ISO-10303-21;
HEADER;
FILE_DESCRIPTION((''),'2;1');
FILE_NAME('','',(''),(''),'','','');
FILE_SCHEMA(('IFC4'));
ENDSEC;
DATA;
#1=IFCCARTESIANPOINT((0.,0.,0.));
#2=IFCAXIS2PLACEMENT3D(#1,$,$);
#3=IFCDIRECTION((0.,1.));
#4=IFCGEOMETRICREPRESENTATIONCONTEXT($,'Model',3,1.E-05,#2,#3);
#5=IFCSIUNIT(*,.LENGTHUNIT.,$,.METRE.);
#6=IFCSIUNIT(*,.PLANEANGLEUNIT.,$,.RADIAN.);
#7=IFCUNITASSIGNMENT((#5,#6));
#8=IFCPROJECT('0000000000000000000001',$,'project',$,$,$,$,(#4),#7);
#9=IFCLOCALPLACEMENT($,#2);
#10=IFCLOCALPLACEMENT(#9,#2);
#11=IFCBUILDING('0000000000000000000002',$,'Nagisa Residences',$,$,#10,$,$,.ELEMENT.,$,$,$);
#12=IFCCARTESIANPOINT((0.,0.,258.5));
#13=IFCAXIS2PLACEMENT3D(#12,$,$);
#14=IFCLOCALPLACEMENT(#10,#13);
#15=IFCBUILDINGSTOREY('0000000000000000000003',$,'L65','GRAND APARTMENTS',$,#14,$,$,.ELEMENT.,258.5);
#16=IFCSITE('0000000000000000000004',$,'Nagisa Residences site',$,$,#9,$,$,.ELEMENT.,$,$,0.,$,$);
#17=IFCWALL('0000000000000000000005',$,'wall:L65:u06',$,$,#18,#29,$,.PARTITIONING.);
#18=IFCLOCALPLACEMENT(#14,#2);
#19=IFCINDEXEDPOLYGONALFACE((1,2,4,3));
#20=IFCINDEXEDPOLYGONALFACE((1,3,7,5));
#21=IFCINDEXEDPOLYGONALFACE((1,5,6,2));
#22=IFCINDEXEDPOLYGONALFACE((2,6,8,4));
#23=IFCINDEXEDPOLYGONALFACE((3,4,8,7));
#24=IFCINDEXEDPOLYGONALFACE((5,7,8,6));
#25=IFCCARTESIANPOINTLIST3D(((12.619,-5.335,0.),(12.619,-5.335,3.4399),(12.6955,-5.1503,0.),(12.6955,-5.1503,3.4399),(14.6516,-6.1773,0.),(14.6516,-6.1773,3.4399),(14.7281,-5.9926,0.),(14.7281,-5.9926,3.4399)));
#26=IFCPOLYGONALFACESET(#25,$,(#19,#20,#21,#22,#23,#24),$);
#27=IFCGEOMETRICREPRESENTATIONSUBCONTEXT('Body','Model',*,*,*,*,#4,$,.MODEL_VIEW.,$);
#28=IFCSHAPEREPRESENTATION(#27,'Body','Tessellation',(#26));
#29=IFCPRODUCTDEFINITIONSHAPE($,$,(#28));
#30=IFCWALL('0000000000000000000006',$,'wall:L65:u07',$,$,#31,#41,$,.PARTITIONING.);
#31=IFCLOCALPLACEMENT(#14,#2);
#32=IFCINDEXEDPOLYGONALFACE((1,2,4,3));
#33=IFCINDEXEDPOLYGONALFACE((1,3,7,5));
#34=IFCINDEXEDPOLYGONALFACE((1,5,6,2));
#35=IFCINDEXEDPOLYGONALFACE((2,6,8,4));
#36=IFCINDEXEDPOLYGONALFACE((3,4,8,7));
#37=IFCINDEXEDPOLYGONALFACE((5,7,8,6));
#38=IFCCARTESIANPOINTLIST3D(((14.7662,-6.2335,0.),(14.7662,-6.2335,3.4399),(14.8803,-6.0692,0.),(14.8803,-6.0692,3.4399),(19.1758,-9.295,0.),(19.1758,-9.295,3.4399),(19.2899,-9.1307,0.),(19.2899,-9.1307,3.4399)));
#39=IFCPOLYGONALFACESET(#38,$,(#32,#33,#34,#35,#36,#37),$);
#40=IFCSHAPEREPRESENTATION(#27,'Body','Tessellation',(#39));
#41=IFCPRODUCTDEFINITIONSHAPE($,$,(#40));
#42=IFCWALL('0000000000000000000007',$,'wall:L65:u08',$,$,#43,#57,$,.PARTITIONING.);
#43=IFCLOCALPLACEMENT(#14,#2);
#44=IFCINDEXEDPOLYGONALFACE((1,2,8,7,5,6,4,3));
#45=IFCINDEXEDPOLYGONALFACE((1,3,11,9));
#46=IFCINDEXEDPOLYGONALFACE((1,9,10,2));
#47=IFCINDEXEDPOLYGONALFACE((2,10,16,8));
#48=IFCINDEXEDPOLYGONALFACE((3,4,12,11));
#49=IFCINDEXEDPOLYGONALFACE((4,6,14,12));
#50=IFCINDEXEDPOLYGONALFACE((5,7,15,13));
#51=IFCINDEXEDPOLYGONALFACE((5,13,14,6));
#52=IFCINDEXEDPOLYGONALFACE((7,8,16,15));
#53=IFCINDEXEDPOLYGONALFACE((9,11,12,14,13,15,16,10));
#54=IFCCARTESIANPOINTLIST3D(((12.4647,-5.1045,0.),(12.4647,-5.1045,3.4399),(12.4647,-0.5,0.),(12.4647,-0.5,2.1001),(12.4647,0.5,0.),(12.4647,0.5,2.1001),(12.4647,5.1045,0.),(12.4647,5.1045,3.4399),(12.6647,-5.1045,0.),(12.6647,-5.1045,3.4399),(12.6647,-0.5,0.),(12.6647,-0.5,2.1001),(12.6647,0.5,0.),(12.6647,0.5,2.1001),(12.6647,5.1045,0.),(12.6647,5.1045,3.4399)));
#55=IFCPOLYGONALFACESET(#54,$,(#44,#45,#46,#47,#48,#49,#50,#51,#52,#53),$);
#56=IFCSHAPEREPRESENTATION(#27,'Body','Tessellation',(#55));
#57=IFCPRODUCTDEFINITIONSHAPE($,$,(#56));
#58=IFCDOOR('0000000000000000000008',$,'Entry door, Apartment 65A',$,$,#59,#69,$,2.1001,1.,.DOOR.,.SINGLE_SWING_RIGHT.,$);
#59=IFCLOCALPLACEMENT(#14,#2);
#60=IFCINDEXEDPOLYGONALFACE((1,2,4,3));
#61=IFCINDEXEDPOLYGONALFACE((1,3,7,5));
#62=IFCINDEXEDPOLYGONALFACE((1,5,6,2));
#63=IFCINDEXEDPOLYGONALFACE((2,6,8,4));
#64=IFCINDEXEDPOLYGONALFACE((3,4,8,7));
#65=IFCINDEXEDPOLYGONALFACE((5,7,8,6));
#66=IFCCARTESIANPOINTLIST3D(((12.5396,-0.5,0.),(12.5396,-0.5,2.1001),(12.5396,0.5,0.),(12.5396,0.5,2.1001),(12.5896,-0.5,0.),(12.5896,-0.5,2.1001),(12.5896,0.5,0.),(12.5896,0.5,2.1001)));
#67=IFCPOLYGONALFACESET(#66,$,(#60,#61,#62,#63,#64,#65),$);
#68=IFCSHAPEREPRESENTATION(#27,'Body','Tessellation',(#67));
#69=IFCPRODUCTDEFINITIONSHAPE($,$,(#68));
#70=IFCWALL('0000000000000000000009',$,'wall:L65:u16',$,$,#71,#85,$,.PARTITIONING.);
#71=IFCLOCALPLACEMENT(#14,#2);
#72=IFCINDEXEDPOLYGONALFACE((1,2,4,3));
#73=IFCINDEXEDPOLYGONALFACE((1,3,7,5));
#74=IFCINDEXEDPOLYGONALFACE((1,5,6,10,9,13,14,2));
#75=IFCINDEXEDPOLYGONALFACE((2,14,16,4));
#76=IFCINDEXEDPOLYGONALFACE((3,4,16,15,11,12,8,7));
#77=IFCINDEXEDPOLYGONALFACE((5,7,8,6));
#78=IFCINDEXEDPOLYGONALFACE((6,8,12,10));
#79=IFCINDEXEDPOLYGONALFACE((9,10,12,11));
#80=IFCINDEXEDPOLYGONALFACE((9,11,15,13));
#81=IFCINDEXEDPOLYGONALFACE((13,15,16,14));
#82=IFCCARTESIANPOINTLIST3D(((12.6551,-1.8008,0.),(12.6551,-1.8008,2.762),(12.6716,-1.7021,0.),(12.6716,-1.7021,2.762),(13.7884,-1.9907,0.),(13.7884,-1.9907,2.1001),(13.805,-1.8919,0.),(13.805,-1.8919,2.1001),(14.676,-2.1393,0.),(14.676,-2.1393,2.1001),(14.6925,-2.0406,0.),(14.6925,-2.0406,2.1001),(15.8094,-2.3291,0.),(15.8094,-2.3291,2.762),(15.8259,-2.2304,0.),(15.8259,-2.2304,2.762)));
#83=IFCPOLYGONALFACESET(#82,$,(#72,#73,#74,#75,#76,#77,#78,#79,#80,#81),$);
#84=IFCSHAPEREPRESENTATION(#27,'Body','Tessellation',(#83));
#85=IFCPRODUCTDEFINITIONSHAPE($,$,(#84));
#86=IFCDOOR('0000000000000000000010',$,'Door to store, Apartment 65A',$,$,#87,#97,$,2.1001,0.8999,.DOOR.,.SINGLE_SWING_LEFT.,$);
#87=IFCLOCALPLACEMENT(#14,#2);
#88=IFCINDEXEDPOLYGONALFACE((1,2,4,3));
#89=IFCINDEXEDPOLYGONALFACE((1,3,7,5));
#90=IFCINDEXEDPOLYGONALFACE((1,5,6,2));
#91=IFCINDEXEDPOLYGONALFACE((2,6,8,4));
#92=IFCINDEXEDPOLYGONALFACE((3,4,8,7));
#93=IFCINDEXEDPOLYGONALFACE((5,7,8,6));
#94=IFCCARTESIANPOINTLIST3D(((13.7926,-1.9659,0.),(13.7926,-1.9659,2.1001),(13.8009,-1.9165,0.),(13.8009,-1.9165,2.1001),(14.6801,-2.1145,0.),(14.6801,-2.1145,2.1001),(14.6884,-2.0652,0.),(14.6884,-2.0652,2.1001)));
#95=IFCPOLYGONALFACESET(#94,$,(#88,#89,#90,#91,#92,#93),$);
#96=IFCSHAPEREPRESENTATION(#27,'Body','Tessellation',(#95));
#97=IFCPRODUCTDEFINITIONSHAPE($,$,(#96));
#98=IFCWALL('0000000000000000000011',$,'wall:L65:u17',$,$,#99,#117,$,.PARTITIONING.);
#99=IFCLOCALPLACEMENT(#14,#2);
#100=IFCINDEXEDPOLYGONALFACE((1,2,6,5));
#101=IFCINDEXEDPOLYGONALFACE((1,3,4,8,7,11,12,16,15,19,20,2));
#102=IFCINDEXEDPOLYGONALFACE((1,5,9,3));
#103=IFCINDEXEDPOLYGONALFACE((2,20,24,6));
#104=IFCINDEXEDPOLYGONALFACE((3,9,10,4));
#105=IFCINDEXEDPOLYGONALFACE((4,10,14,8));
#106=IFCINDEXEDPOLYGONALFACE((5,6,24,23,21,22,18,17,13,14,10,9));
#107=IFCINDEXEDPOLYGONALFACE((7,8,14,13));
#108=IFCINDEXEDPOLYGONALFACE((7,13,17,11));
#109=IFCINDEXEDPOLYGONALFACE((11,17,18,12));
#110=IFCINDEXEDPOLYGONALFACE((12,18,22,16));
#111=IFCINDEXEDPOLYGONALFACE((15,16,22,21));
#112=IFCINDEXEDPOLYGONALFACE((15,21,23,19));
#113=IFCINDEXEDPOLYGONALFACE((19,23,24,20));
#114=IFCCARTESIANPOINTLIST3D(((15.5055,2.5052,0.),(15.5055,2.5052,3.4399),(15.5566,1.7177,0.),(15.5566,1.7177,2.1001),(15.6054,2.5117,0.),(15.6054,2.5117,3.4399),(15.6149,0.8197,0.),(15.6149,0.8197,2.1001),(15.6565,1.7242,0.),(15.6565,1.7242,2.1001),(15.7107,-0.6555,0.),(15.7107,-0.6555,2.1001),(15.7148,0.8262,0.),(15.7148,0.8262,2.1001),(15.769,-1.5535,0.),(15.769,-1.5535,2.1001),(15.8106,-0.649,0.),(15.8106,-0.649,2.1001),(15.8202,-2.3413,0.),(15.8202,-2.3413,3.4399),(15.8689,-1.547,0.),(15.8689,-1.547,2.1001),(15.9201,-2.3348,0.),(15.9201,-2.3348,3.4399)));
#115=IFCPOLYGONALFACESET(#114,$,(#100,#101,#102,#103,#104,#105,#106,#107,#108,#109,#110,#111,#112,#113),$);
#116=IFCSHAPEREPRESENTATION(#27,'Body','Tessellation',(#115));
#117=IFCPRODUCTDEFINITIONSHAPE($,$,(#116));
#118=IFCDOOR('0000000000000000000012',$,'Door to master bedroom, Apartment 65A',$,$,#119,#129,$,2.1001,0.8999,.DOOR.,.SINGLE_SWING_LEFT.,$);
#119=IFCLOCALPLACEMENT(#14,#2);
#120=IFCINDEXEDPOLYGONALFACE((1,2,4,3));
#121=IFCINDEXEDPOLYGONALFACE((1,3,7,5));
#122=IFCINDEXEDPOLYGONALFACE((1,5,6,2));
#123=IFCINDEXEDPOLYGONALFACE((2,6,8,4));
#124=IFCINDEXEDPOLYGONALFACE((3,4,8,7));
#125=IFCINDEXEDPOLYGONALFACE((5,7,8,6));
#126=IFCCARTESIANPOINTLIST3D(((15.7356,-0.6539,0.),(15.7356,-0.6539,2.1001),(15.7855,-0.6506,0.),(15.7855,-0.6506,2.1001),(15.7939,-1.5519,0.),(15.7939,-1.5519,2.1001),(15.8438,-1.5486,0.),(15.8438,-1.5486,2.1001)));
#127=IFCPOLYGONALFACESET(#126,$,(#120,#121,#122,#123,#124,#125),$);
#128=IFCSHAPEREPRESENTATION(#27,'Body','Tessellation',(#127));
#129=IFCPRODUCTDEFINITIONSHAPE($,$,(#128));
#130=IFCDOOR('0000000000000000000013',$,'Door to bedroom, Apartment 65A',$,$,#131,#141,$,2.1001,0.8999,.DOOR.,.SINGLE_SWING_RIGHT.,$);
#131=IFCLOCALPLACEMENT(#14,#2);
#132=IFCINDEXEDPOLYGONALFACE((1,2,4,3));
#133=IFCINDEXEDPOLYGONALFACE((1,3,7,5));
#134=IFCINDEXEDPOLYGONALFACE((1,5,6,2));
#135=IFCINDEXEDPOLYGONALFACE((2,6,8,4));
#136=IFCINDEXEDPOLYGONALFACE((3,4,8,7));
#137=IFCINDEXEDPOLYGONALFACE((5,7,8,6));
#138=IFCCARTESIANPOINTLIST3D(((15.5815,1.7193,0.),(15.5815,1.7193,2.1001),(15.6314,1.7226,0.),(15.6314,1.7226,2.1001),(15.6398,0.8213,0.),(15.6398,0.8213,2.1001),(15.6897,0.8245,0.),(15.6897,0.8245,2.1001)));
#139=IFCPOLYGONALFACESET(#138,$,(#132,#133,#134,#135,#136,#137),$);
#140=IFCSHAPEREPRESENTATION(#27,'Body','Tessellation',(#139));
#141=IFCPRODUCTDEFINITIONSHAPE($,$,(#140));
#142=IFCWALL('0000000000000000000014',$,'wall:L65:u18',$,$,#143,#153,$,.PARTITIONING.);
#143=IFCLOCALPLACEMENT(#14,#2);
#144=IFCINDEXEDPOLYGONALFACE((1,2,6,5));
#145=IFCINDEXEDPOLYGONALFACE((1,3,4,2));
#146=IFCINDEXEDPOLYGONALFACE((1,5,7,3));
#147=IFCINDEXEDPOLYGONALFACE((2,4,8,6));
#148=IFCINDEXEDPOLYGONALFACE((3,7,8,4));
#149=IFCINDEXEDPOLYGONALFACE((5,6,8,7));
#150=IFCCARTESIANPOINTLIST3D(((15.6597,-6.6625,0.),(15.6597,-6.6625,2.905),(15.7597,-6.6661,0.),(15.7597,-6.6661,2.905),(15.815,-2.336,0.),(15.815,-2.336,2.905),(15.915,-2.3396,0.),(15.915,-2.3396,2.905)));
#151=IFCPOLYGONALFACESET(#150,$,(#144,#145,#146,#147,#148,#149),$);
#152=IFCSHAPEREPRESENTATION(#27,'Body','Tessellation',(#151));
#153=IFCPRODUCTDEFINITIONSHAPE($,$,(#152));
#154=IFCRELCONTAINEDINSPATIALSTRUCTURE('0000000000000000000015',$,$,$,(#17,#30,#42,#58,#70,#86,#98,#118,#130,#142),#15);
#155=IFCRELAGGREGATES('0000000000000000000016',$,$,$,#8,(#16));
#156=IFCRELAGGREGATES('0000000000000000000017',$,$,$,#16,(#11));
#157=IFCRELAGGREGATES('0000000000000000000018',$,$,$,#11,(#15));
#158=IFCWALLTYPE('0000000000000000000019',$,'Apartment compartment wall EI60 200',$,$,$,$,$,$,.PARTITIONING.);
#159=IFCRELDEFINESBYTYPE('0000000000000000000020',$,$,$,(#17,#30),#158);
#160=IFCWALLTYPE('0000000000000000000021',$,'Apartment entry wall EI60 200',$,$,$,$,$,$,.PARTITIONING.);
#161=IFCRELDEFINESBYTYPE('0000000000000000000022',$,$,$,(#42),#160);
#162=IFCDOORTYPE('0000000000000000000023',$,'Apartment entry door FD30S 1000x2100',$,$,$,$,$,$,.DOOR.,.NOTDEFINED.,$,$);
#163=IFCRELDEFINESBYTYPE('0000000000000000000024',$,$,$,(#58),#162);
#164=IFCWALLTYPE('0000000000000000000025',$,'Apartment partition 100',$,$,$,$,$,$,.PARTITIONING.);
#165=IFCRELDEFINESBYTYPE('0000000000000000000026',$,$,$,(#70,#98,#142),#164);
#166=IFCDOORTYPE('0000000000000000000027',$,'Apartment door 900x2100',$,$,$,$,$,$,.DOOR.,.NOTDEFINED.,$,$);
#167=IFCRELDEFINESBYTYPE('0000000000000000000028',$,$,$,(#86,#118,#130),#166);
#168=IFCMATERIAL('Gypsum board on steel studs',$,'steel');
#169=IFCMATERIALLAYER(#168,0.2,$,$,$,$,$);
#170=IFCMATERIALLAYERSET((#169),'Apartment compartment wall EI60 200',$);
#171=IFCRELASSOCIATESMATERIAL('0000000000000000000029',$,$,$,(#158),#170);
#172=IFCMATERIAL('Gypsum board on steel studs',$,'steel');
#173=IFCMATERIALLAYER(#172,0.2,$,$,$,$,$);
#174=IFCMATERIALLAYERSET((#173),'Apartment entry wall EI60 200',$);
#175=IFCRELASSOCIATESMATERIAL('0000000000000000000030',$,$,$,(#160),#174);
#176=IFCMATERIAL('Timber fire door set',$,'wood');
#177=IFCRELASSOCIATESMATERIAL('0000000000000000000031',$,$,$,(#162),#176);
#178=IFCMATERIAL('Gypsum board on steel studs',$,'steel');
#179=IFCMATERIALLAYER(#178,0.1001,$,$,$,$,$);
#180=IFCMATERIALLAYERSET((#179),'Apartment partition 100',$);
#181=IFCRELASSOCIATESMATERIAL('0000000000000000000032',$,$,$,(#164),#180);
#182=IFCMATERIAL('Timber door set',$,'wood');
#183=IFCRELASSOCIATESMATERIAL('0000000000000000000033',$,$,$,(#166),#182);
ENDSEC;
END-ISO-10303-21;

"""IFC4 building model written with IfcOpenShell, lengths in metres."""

from ifc_helpers import new_model, si_unit, direction, frame, frame_2d, origin, place, context, subcontext, project, spatial, rectangle, extrude, material, layer, layer_set, type_object, element, fill, save


model = new_model("IFC4")

# Units and contexts
model_context = context("Model", 3, precision=1e-05, world=origin(), true_north=direction((0.0, 1.0)))
body_context = subcontext(model_context, "Body", "Model", "MODEL_VIEW")
ifc_project = project(units=[si_unit("LENGTHUNIT", "METRE"), si_unit("PLANEANGLEUNIT", "RADIAN")], contexts=[model_context])

# Site, building, storey
site_placement = place(None, origin())
site = spatial("IfcSite", under=ifc_project, at=site_placement, Name="Nagisa Residences site", CompositionType="ELEMENT", RefElevation=0.0)
building_placement = place(site_placement, origin())
building = spatial("IfcBuilding", under=site, at=building_placement, Name="Nagisa Residences", CompositionType="ELEMENT")
storey_placement = place(building_placement, frame((0.0, 0.0, 258.5)))
storey = spatial("IfcBuildingStorey", under=building, at=storey_placement, Name="L65", Description="GRAND APARTMENTS", CompositionType="ELEMENT", Elevation=258.5)

# Walls
ifc_material_1 = material(Name="Gypsum board on steel studs", Category="steel")
ifc_layer_1 = layer(ifc_material_1, 0.2)
ifc_layer_set_1 = layer_set([ifc_layer_1], Name="Apartment compartment wall EI60 200")
wall_type_1 = type_object("IfcWallType", Name="Apartment compartment wall EI60 200", PredefinedType="PARTITIONING", material=ifc_layer_set_1)
wall_1_placement = place(storey_placement, frame((12.6572, -5.2427, 0.0), z_axis=(0.0, 0.0, 1.0), x_axis=(0.92383, -0.382803, 0.0)))
element("IfcWall", 1, at=wall_1_placement, inside=storey, type_object=wall_type_1, Name="wall:L65:u06", PredefinedType="PARTITIONING", context=body_context, shape_type="SweptSolid", body=[
    extrude(rectangle(XDim=2.2002, YDim=0.2, at=frame_2d((1.1001, 0.0))), origin(), (0.0, 0.0, 1.0), 3.4399),
])
wall_2_placement = place(storey_placement, frame((14.8232, -6.1514, 0.0), z_axis=(0.0, 0.0, 1.0), x_axis=(0.821435, -0.570302, 0.0)))
element("IfcWall", 2, at=wall_2_placement, inside=storey, type_object=wall_type_1, Name="wall:L65:u07", PredefinedType="PARTITIONING", context=body_context, shape_type="SweptSolid", body=[
    extrude(rectangle(XDim=5.3682, YDim=0.2, at=frame_2d((2.6841, 0.0))), origin(), (0.0, 0.0, 1.0), 3.4399),
])

# Walls, openings, doors
ifc_material_2 = material(Name="Gypsum board on steel studs", Category="steel")
ifc_layer_2 = layer(ifc_material_2, 0.2)
ifc_layer_set_2 = layer_set([ifc_layer_2], Name="Apartment entry wall EI60 200")
wall_type_2 = type_object("IfcWallType", Name="Apartment entry wall EI60 200", PredefinedType="PARTITIONING", material=ifc_layer_set_2)
wall_3_placement = place(storey_placement, frame((12.5647, -5.1045, 0.0), z_axis=(0.0, 0.0, 1.0), x_axis=(0.0, 1.0, 0.0)))
wall_3 = element("IfcWall", 3, at=wall_3_placement, inside=storey, type_object=wall_type_2, Name="wall:L65:u08", PredefinedType="PARTITIONING", context=body_context, shape_type="SweptSolid", body=[
    extrude(rectangle(XDim=10.209, YDim=0.2, at=frame_2d((5.1045, 0.0))), origin(), (0.0, 0.0, 1.0), 3.4399),
])
opening_1_placement = place(wall_3_placement, frame((4.6045, 0.0, 0.0)))
opening_1 = element("IfcOpeningElement", 4, at=opening_1_placement, cuts=wall_3, PredefinedType="OPENING", context=body_context, shape_type="SweptSolid", body=[
    extrude(rectangle(XDim=1.0, YDim=2.1001, at=frame_2d((0.5, 1.05))), frame((0.0, 0.1099, 0.0), z_axis=(0.0, -1.0, 0.0), x_axis=(1.0, 0.0, 0.0)), (0.0, 0.0, 1.0), 0.22),
])
ifc_material_3 = material(Name="Timber fire door set", Category="wood")
door_type_1 = type_object("IfcDoorType", Name="Apartment entry door FD30S 1000x2100", OperationType="NOTDEFINED", PredefinedType="DOOR", material=ifc_material_3)
door_1_placement = place(opening_1_placement, frame((1.0, 0.0, 0.0), x_axis=(-1.0, 0.0, 0.0)))
door_1 = element("IfcDoor", 5, at=door_1_placement, inside=storey, type_object=door_type_1, Name="Entry door, Apartment 65A", OperationType="SINGLE_SWING_RIGHT", OverallHeight=2.1001, OverallWidth=1.0, PredefinedType="DOOR", context=body_context, shape_type="SweptSolid", body=[
    extrude(rectangle(XDim=1.0, YDim=2.1001, at=frame_2d((0.5, 1.05))), frame((0.0, 0.0249, 0.0), z_axis=(0.0, -1.0, 0.0), x_axis=(1.0, 0.0, 0.0)), (0.0, 0.0, 1.0), 0.05),
])
fill(opening_1, door_1)
ifc_material_4 = material(Name="Gypsum board on steel studs", Category="steel")
ifc_layer_3 = layer(ifc_material_4, 0.1001)
ifc_layer_set_3 = layer_set([ifc_layer_3], Name="Apartment partition 100")
wall_type_3 = type_object("IfcWallType", Name="Apartment partition 100", PredefinedType="PARTITIONING", material=ifc_layer_set_3)
wall_4_placement = place(storey_placement, frame((12.6633, -1.7515, 0.0), z_axis=(0.0, 0.0, 1.0), x_axis=(0.986262, -0.165191, 0.0)))
wall_4 = element("IfcWall", 6, at=wall_4_placement, inside=storey, type_object=wall_type_3, Name="wall:L65:u16", PredefinedType="PARTITIONING", context=body_context, shape_type="SweptSolid", body=[
    extrude(rectangle(XDim=3.1982, YDim=0.1001, at=frame_2d((1.5991, 0.0))), origin(), (0.0, 0.0, 1.0), 2.762),
])
opening_2_placement = place(wall_4_placement, frame((1.1492, 0.0, 0.0)))
opening_2 = element("IfcOpeningElement", 7, at=opening_2_placement, cuts=wall_4, PredefinedType="OPENING", context=body_context, shape_type="SweptSolid", body=[
    extrude(rectangle(XDim=0.8999, YDim=2.1001, at=frame_2d((0.45, 1.05))), frame((0.0, 0.0601, 0.0), z_axis=(0.0, -1.0, 0.0), x_axis=(1.0, 0.0, 0.0)), (0.0, 0.0, 1.0), 0.1201),
])
ifc_material_5 = material(Name="Timber door set", Category="wood")
door_type_2 = type_object("IfcDoorType", Name="Apartment door 900x2100", OperationType="NOTDEFINED", PredefinedType="DOOR", material=ifc_material_5)
door_2_placement = place(opening_2_placement, frame((0.8999, 0.0, 0.0), x_axis=(-1.0, 0.0, 0.0)))
door_2 = element("IfcDoor", 8, at=door_2_placement, inside=storey, type_object=door_type_2, Name="Door to store, Apartment 65A", OperationType="SINGLE_SWING_LEFT", OverallHeight=2.1001, OverallWidth=0.8999, PredefinedType="DOOR", context=body_context, shape_type="SweptSolid", body=[
    extrude(rectangle(XDim=0.8999, YDim=2.1001, at=frame_2d((0.45, 1.05))), frame((0.0, 0.0249, 0.0), z_axis=(0.0, -1.0, 0.0), x_axis=(1.0, 0.0, 0.0)), (0.0, 0.0, 1.0), 0.05),
])
fill(opening_2, door_2)

# Wall, openings, doors
wall_5_placement = place(storey_placement, frame((15.8701, -2.3379, 0.0), z_axis=(0.0, 0.0, 1.0), x_axis=(-0.064797, 0.997898, 0.0)))
wall_5 = element("IfcWall", 9, at=wall_5_placement, inside=storey, type_object=wall_type_3, Name="wall:L65:u17", PredefinedType="PARTITIONING", context=body_context, shape_type="SweptSolid", body=[
    extrude(rectangle(XDim=4.8567, YDim=0.1001, at=frame_2d((2.4282, 0.0))), origin(), (0.0, 0.0, 1.0), 3.4399),
])
opening_3_placement = place(wall_5_placement, frame((0.7893, 0.0, 0.0)))
opening_3 = element("IfcOpeningElement", 10, at=opening_3_placement, cuts=wall_5, PredefinedType="OPENING", context=body_context, shape_type="SweptSolid", body=[
    extrude(rectangle(XDim=0.8999, YDim=2.1001, at=frame_2d((0.45, 1.05))), frame((0.0, 0.0601, 0.0), z_axis=(0.0, -1.0, 0.0), x_axis=(1.0, 0.0, 0.0)), (0.0, 0.0, 1.0), 0.1201),
])
opening_4_placement = place(wall_5_placement, frame((3.1675, 0.0, 0.0)))
opening_4 = element("IfcOpeningElement", 11, at=opening_4_placement, cuts=wall_5, PredefinedType="OPENING", context=body_context, shape_type="SweptSolid", body=[
    extrude(rectangle(XDim=0.8999, YDim=2.1001, at=frame_2d((0.45, 1.05))), frame((0.0, 0.0601, 0.0), z_axis=(0.0, -1.0, 0.0), x_axis=(1.0, 0.0, 0.0)), (0.0, 0.0, 1.0), 0.1201),
])
door_3_placement = place(opening_3_placement, frame((0.8999, 0.0, 0.0), x_axis=(-1.0, 0.0, 0.0)))
door_3 = element("IfcDoor", 12, at=door_3_placement, inside=storey, type_object=door_type_2, Name="Door to master bedroom, Apartment 65A", OperationType="SINGLE_SWING_LEFT", OverallHeight=2.1001, OverallWidth=0.8999, PredefinedType="DOOR", context=body_context, shape_type="SweptSolid", body=[
    extrude(rectangle(XDim=0.8999, YDim=2.1001, at=frame_2d((0.45, 1.05))), frame((0.0, 0.0249, 0.0), z_axis=(0.0, -1.0, 0.0), x_axis=(1.0, 0.0, 0.0)), (0.0, 0.0, 1.0), 0.05),
])
fill(opening_3, door_3)
door_4_placement = place(opening_4_placement, frame((0.8999, 0.0, 0.0), x_axis=(-1.0, 0.0, 0.0)))
door_4 = element("IfcDoor", 13, at=door_4_placement, inside=storey, type_object=door_type_2, Name="Door to bedroom, Apartment 65A", OperationType="SINGLE_SWING_RIGHT", OverallHeight=2.1001, OverallWidth=0.8999, PredefinedType="DOOR", context=body_context, shape_type="SweptSolid", body=[
    extrude(rectangle(XDim=0.8999, YDim=2.1001, at=frame_2d((0.45, 1.05))), frame((0.0, 0.0249, 0.0), z_axis=(0.0, -1.0, 0.0), x_axis=(1.0, 0.0, 0.0)), (0.0, 0.0, 1.0), 0.05),
])
fill(opening_4, door_4)

# Wall
wall_6_placement = place(storey_placement, frame((15.865, -2.3379, 0.0), z_axis=(0.0, 0.0, 1.0), x_axis=(-0.035865, -0.999357, 0.0)))
element("IfcWall", 14, at=wall_6_placement, inside=storey, type_object=wall_type_3, Name="wall:L65:u18", PredefinedType="PARTITIONING", context=body_context, shape_type="SweptSolid", body=[
    extrude(rectangle(XDim=4.3293, YDim=0.1001, at=frame_2d((2.1646, 0.0))), origin(), (0.0, 0.0, 1.0), 2.905),
])

save(model, "model.ifc")
